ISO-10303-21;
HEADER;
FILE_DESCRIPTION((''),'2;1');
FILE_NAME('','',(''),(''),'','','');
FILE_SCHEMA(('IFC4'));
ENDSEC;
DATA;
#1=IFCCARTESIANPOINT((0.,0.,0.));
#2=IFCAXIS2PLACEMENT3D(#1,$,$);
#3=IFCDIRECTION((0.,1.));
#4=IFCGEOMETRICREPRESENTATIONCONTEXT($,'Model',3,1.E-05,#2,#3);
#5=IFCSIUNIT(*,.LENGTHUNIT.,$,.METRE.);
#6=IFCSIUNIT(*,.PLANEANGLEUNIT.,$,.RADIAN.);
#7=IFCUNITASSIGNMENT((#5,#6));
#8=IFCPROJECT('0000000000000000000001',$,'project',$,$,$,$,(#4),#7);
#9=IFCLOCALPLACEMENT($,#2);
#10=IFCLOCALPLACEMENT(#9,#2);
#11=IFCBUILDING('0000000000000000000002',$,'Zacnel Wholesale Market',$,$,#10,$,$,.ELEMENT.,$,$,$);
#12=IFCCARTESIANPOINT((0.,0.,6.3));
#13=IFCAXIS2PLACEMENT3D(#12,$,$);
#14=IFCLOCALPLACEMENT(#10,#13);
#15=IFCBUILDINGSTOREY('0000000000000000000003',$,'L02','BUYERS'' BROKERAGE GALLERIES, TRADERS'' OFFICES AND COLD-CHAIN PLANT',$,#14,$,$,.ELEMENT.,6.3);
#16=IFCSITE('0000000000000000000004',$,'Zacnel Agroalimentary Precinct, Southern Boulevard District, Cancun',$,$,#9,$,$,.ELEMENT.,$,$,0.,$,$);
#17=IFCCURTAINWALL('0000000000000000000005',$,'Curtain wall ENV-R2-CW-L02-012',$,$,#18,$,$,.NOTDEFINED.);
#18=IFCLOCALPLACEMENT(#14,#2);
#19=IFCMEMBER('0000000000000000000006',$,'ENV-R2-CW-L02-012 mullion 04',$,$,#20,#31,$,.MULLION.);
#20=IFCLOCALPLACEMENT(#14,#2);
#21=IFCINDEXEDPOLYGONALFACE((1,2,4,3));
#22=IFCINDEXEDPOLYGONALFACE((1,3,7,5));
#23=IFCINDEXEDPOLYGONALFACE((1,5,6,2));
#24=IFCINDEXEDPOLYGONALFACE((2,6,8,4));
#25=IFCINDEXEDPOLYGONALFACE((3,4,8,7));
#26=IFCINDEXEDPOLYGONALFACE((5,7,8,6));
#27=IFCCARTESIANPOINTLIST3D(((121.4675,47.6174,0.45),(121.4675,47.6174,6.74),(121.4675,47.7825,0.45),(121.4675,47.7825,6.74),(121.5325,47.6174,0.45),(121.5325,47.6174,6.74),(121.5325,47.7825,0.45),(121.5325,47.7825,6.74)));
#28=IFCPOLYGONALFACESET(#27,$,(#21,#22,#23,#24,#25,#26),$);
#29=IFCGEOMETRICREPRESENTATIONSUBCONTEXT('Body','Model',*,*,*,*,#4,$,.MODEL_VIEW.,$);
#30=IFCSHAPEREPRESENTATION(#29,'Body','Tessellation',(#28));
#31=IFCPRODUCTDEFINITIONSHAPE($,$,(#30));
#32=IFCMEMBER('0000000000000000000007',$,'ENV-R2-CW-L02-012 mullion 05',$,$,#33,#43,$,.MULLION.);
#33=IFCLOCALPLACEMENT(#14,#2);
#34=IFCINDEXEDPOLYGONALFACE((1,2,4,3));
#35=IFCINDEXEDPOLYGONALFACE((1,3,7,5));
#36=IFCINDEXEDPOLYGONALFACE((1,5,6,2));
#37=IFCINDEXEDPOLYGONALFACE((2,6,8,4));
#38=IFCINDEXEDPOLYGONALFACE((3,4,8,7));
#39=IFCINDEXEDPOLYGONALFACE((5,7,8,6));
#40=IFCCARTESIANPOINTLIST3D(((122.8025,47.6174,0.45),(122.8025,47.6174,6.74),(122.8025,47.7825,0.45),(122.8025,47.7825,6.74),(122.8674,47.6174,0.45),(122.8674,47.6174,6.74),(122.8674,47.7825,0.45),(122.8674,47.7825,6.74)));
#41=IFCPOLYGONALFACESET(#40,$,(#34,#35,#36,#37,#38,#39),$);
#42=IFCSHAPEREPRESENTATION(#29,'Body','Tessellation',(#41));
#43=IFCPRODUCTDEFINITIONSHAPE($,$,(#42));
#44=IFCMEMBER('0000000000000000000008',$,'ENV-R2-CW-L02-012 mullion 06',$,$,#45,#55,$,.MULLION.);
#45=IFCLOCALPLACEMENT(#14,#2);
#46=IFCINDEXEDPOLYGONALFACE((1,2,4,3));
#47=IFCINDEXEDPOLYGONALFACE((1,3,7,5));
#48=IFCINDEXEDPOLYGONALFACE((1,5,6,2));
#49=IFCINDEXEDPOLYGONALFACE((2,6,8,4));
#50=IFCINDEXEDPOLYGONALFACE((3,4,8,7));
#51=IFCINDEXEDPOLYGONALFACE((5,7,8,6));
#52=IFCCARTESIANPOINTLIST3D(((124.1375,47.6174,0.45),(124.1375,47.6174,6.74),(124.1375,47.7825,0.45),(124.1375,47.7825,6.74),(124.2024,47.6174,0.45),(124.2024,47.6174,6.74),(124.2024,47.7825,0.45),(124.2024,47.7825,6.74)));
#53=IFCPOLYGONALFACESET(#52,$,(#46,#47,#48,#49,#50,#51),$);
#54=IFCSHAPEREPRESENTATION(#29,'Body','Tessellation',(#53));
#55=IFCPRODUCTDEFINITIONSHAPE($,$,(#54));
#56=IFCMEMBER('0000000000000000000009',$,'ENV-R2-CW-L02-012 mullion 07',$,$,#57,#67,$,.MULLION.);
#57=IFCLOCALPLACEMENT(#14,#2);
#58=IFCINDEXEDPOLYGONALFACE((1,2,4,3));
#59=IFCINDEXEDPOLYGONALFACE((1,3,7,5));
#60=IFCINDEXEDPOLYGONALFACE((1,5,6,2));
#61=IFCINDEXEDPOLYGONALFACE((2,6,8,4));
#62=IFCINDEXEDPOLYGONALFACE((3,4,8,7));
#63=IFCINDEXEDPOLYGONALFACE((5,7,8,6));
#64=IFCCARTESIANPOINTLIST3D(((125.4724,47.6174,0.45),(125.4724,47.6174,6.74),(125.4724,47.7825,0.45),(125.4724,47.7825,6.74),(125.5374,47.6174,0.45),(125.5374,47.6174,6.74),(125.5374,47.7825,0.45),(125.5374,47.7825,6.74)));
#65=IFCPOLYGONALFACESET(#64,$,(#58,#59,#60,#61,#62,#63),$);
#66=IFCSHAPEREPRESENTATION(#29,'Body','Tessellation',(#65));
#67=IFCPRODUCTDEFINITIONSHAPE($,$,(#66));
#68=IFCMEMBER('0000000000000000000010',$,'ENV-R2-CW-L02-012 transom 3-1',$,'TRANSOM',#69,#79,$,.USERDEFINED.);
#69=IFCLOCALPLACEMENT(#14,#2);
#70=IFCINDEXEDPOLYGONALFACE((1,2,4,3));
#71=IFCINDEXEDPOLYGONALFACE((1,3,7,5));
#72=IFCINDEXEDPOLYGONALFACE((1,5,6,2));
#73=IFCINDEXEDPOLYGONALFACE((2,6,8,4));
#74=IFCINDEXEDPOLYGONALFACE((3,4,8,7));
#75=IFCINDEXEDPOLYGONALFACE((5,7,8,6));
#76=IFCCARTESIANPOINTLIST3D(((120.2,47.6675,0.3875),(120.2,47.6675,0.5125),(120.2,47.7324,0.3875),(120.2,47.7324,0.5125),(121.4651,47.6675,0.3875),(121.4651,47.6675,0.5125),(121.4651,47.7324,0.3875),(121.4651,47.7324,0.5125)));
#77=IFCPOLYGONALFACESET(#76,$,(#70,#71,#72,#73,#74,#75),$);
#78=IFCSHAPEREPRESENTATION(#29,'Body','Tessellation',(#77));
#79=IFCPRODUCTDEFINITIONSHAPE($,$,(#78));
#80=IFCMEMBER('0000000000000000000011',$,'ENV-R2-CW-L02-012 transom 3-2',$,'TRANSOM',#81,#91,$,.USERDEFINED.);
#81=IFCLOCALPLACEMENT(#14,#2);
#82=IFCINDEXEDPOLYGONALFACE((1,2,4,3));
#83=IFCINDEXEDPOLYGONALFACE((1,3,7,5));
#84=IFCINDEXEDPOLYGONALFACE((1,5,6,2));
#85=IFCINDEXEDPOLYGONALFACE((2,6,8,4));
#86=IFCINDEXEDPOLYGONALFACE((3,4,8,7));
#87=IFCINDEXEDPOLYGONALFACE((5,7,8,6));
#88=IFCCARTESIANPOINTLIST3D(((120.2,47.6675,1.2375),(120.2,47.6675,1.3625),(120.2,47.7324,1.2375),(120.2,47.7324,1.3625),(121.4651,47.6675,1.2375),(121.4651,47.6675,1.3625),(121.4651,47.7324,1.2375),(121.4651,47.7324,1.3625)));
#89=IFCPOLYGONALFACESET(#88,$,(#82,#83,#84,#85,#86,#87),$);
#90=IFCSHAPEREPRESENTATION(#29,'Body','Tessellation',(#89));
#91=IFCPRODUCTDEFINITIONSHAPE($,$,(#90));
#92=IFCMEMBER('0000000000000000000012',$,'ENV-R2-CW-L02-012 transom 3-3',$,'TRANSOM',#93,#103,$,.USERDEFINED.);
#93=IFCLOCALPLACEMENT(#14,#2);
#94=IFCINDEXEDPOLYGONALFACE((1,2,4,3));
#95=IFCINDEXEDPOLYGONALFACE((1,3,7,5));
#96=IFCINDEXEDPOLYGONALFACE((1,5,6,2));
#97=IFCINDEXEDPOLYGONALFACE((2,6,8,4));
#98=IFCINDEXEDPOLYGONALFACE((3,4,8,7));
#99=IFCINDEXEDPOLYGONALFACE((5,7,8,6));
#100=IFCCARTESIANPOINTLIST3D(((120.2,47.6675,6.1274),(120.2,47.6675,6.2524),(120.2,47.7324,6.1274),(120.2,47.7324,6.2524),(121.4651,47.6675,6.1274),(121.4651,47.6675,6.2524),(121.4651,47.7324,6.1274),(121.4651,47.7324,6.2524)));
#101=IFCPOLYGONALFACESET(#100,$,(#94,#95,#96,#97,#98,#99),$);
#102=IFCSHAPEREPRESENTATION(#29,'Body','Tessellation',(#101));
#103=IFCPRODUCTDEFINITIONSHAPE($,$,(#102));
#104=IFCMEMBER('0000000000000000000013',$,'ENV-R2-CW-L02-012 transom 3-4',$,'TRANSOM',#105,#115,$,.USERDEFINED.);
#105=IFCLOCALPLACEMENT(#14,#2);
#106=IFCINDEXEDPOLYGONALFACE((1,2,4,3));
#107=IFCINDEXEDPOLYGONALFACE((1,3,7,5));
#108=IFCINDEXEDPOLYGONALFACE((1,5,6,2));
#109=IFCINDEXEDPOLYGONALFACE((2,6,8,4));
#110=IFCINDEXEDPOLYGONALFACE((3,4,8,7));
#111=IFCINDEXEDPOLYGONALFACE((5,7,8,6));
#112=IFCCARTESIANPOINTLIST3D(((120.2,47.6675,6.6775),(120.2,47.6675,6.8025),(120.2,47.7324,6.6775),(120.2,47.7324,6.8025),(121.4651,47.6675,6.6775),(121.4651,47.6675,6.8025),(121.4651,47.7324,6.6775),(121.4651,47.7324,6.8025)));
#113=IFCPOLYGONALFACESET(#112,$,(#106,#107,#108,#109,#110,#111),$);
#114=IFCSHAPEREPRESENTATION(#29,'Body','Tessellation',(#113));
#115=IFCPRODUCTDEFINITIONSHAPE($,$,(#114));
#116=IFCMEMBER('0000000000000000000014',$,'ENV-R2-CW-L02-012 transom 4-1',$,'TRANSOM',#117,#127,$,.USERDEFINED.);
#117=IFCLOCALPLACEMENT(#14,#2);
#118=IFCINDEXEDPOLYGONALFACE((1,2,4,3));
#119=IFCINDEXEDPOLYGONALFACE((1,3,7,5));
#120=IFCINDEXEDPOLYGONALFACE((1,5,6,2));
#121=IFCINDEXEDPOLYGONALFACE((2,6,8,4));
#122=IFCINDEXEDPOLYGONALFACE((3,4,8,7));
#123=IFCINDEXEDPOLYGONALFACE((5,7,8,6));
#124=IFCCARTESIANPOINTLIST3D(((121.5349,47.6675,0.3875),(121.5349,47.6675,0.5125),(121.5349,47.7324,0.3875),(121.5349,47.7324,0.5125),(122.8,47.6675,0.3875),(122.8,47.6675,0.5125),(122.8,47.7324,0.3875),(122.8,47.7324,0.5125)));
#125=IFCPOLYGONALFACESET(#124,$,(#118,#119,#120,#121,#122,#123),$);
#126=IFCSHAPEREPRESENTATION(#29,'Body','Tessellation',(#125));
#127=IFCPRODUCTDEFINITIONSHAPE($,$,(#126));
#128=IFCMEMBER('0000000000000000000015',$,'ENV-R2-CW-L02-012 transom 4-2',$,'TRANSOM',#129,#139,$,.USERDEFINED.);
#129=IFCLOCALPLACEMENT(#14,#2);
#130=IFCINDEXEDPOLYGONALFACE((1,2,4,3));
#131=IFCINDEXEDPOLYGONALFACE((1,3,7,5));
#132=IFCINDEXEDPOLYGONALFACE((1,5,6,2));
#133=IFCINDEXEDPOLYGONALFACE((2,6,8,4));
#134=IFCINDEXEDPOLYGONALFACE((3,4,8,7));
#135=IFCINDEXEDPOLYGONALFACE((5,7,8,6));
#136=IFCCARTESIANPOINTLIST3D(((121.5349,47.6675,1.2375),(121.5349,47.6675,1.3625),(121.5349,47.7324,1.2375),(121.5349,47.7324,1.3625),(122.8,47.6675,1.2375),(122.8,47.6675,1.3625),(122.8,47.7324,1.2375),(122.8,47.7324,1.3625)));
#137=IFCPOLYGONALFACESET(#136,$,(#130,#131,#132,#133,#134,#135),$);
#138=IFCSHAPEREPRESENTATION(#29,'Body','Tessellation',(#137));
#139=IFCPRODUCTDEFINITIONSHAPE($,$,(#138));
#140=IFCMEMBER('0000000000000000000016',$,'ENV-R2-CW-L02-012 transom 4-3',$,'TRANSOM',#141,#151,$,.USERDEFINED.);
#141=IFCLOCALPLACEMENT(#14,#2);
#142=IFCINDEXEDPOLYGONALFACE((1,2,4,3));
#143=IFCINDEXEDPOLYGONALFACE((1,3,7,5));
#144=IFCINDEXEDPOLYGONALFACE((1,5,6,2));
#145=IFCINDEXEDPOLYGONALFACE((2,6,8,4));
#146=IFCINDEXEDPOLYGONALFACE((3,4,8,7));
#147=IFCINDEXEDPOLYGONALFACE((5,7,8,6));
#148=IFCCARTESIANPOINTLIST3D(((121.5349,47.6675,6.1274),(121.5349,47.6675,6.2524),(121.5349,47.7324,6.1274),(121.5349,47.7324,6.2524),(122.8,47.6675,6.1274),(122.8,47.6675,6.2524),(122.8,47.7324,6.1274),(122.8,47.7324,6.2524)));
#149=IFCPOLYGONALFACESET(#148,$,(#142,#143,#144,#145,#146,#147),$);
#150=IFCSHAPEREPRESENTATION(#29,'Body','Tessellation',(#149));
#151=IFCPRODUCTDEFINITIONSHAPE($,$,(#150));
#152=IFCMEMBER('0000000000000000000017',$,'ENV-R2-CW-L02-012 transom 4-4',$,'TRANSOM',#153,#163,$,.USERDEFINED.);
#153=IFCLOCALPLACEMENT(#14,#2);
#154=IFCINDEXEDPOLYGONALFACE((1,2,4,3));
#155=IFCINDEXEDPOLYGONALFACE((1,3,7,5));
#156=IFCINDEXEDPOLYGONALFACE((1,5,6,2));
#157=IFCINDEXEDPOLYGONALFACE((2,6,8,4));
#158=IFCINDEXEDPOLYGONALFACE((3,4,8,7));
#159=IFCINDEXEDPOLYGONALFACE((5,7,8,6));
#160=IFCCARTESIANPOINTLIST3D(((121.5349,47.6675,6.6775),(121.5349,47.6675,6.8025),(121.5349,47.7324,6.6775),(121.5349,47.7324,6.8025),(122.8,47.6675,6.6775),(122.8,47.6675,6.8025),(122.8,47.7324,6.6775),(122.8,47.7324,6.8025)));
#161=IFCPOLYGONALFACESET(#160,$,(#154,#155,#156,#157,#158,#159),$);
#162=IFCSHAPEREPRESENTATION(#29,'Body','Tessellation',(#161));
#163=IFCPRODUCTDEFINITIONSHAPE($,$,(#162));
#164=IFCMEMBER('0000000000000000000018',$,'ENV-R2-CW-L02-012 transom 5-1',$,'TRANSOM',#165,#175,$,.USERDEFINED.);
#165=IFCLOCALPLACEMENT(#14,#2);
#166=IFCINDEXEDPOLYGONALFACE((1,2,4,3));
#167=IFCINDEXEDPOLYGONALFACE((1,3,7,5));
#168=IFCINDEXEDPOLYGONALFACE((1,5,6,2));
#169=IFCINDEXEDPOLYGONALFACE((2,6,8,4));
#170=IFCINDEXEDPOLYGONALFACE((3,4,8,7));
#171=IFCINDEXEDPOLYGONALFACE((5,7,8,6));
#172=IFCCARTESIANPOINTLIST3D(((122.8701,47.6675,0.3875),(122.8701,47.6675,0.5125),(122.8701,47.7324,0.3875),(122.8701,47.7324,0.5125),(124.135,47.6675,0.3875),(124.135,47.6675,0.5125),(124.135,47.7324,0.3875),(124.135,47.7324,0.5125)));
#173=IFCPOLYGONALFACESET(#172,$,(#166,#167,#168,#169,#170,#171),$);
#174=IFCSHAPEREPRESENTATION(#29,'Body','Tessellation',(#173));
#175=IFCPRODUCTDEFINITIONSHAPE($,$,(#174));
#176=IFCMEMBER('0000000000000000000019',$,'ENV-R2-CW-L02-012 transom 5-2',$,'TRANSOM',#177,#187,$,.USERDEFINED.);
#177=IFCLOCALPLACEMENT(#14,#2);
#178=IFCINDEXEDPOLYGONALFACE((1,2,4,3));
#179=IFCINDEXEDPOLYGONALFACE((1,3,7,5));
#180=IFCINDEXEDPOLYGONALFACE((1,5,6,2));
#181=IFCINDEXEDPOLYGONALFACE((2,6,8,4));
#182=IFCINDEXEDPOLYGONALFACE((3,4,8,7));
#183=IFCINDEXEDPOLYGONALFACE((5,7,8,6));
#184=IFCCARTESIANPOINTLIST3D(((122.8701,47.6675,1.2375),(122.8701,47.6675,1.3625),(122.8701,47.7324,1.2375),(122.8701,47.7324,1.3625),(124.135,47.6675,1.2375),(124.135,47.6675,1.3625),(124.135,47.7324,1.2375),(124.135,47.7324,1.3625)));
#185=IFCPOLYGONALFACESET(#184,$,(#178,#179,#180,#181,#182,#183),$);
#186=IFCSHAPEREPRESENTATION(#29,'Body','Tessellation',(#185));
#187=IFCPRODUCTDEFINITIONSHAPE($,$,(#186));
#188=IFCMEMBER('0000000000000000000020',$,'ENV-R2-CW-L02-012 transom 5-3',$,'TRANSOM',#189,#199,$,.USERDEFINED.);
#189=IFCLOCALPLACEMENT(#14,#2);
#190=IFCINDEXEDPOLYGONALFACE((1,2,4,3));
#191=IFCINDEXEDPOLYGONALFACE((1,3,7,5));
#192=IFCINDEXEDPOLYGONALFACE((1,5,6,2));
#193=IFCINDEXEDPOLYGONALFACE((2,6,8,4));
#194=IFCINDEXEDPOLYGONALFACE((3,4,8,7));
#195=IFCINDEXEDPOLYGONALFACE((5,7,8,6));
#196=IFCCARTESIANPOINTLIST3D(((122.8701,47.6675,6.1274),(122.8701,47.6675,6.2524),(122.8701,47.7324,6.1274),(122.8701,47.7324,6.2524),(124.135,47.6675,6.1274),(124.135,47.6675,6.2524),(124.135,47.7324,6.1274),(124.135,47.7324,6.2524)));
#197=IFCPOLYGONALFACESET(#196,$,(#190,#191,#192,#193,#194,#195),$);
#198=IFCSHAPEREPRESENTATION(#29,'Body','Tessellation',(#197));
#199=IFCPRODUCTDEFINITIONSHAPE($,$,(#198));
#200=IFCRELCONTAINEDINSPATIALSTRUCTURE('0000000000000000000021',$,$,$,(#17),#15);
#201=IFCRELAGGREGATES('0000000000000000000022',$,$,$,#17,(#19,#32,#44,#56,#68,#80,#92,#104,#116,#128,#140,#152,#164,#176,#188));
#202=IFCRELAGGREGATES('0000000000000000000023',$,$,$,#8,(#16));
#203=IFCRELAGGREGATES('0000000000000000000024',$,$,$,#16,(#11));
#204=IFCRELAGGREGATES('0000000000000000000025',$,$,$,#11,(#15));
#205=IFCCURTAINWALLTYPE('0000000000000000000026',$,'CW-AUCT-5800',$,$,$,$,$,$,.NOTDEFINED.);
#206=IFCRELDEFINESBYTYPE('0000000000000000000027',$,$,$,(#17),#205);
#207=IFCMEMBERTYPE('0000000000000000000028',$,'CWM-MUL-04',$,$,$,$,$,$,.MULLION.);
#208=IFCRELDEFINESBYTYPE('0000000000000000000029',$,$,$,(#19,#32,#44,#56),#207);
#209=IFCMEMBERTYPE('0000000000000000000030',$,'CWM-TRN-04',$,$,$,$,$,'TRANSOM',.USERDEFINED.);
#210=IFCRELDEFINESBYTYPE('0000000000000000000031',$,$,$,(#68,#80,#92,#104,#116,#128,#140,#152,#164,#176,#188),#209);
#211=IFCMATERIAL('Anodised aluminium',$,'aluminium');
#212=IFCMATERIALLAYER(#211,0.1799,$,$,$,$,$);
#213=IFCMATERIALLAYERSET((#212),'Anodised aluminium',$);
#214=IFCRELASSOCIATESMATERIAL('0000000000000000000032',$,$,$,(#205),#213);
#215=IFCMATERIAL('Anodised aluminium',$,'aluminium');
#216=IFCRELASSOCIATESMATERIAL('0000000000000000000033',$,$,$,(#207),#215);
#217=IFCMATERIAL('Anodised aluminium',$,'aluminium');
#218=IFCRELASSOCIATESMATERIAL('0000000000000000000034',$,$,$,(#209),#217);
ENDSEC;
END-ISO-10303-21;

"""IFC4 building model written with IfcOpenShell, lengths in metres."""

from ifc_helpers import new_model, si_unit, direction, frame, origin, origin_2d, place, context, subcontext, project, spatial, rectangle, extrude, material, layer, layer_set, material_profile, profile_set, type_object, element, aggregate, save


model = new_model("IFC4")

# Units and contexts
model_context = context("Model", 3, precision=1e-05, world=origin(), true_north=direction((0.0, 1.0)))
body_context = subcontext(model_context, "Body", "Model", "MODEL_VIEW")
ifc_project = project(units=[si_unit("LENGTHUNIT", "METRE"), si_unit("PLANEANGLEUNIT", "RADIAN")], contexts=[model_context])

# Site, building, storey
site_placement = place(None, origin())
site = spatial("IfcSite", under=ifc_project, at=site_placement, Name="Zacnel Agroalimentary Precinct, Southern Boulevard District, Cancun", CompositionType="ELEMENT", RefElevation=0.0)
building_placement = place(site_placement, origin())
building = spatial("IfcBuilding", under=site, at=building_placement, Name="Zacnel Wholesale Market", CompositionType="ELEMENT")
storey_placement = place(building_placement, frame((0.0, 0.0, 6.3)))
storey = spatial("IfcBuildingStorey", under=building, at=storey_placement, Name="L02", Description="BUYERS' BROKERAGE GALLERIES, TRADERS' OFFICES AND COLD-CHAIN PLANT", CompositionType="ELEMENT", Elevation=6.3)

# Curtain wall, members
ifc_material_1 = material(Name="Anodised aluminium", Category="aluminium")
ifc_layer_1 = layer(ifc_material_1, 0.1799)
ifc_layer_set_1 = layer_set([ifc_layer_1], Name="Anodised aluminium")
curtain_wall_type = type_object("IfcCurtainWallType", Name="CW-AUCT-5800", PredefinedType="NOTDEFINED", material=ifc_layer_set_1)
curtain_wall_placement = place(storey_placement, origin())
curtain_wall = element("IfcCurtainWall", 1, at=curtain_wall_placement, inside=storey, type_object=curtain_wall_type, Name="Curtain wall ENV-R2-CW-L02-012", PredefinedType="NOTDEFINED")
ifc_material_2 = material(Name="Anodised aluminium", Category="aluminium")
ifc_material_profile_1 = material_profile(ifc_material_2, rectangle(XDim=0.0649, YDim=0.165, at=origin_2d()), Name="AW-MULLION 65x165")
ifc_profile_set_1 = profile_set([ifc_material_profile_1], Name="Anodised aluminium")
member_type_1 = type_object("IfcMemberType", Name="CWM-MUL-04", PredefinedType="MULLION", material=ifc_profile_set_1)
member_1_placement = place(storey_placement, frame((121.5, 47.7, 0.45), z_axis=(0.0, 0.0, 1.0), x_axis=(1.0, 0.0, 0.0)))
member_1 = element("IfcMember", 2, at=member_1_placement, type_object=member_type_1, Name="ENV-R2-CW-L02-012 mullion 04", PredefinedType="MULLION", context=body_context, shape_type="SweptSolid", body=[
    extrude(rectangle(XDim=0.0649, YDim=0.165, at=origin_2d()), origin(), (0.0, 0.0, 1.0), 6.29),
])
member_2_placement = place(storey_placement, frame((122.835, 47.7, 0.45), z_axis=(0.0, 0.0, 1.0), x_axis=(1.0, 0.0, 0.0)))
member_2 = element("IfcMember", 3, at=member_2_placement, type_object=member_type_1, Name="ENV-R2-CW-L02-012 mullion 05", PredefinedType="MULLION", context=body_context, shape_type="SweptSolid", body=[
    extrude(rectangle(XDim=0.0649, YDim=0.165, at=origin_2d()), origin(), (0.0, 0.0, 1.0), 6.29),
])
member_3_placement = place(storey_placement, frame((124.1699, 47.7, 0.45), z_axis=(0.0, 0.0, 1.0), x_axis=(1.0, 0.0, 0.0)))
member_3 = element("IfcMember", 4, at=member_3_placement, type_object=member_type_1, Name="ENV-R2-CW-L02-012 mullion 06", PredefinedType="MULLION", context=body_context, shape_type="SweptSolid", body=[
    extrude(rectangle(XDim=0.0649, YDim=0.165, at=origin_2d()), origin(), (0.0, 0.0, 1.0), 6.29),
])
member_4_placement = place(storey_placement, frame((125.5049, 47.7, 0.45), z_axis=(0.0, 0.0, 1.0), x_axis=(1.0, 0.0, 0.0)))
member_4 = element("IfcMember", 5, at=member_4_placement, type_object=member_type_1, Name="ENV-R2-CW-L02-012 mullion 07", PredefinedType="MULLION", context=body_context, shape_type="SweptSolid", body=[
    extrude(rectangle(XDim=0.0649, YDim=0.165, at=origin_2d()), origin(), (0.0, 0.0, 1.0), 6.29),
])
ifc_material_3 = material(Name="Anodised aluminium", Category="aluminium")
ifc_material_profile_2 = material_profile(ifc_material_3, rectangle(XDim=0.0649, YDim=0.125, at=origin_2d()), Name="AW-TRANSOM 65x125")
ifc_profile_set_2 = profile_set([ifc_material_profile_2], Name="Anodised aluminium")
member_type_2 = type_object("IfcMemberType", Name="CWM-TRN-04", ElementType="TRANSOM", PredefinedType="USERDEFINED", material=ifc_profile_set_2)
member_5_placement = place(storey_placement, frame((120.2, 47.7, 0.45), z_axis=(1.0, 0.0, 0.0), x_axis=(0.0, 1.0, 0.0)))
member_5 = element("IfcMember", 6, at=member_5_placement, type_object=member_type_2, Name="ENV-R2-CW-L02-012 transom 3-1", ObjectType="TRANSOM", PredefinedType="USERDEFINED", context=body_context, shape_type="SweptSolid", body=[
    extrude(rectangle(XDim=0.0649, YDim=0.125, at=origin_2d()), origin(), (0.0, 0.0, 1.0), 1.2651),
])
member_6_placement = place(storey_placement, frame((120.2, 47.7, 1.3), z_axis=(1.0, 0.0, 0.0), x_axis=(0.0, 1.0, 0.0)))
member_6 = element("IfcMember", 7, at=member_6_placement, type_object=member_type_2, Name="ENV-R2-CW-L02-012 transom 3-2", ObjectType="TRANSOM", PredefinedType="USERDEFINED", context=body_context, shape_type="SweptSolid", body=[
    extrude(rectangle(XDim=0.0649, YDim=0.125, at=origin_2d()), origin(), (0.0, 0.0, 1.0), 1.2651),
])
member_7_placement = place(storey_placement, frame((120.2, 47.7, 6.1899), z_axis=(1.0, 0.0, 0.0), x_axis=(0.0, 1.0, 0.0)))
member_7 = element("IfcMember", 8, at=member_7_placement, type_object=member_type_2, Name="ENV-R2-CW-L02-012 transom 3-3", ObjectType="TRANSOM", PredefinedType="USERDEFINED", context=body_context, shape_type="SweptSolid", body=[
    extrude(rectangle(XDim=0.0649, YDim=0.125, at=origin_2d()), origin(), (0.0, 0.0, 1.0), 1.2651),
])
member_8_placement = place(storey_placement, frame((120.2, 47.7, 6.74), z_axis=(1.0, 0.0, 0.0), x_axis=(0.0, 1.0, 0.0)))
member_8 = element("IfcMember", 9, at=member_8_placement, type_object=member_type_2, Name="ENV-R2-CW-L02-012 transom 3-4", ObjectType="TRANSOM", PredefinedType="USERDEFINED", context=body_context, shape_type="SweptSolid", body=[
    extrude(rectangle(XDim=0.0649, YDim=0.125, at=origin_2d()), origin(), (0.0, 0.0, 1.0), 1.2651),
])
member_9_placement = place(storey_placement, frame((121.5349, 47.7, 0.45), z_axis=(1.0, 0.0, 0.0), x_axis=(0.0, 1.0, 0.0)))
member_9 = element("IfcMember", 10, at=member_9_placement, type_object=member_type_2, Name="ENV-R2-CW-L02-012 transom 4-1", ObjectType="TRANSOM", PredefinedType="USERDEFINED", context=body_context, shape_type="SweptSolid", body=[
    extrude(rectangle(XDim=0.0649, YDim=0.125, at=origin_2d()), origin(), (0.0, 0.0, 1.0), 1.2651),
])
member_10_placement = place(storey_placement, frame((121.5349, 47.7, 1.3), z_axis=(1.0, 0.0, 0.0), x_axis=(0.0, 1.0, 0.0)))
member_10 = element("IfcMember", 11, at=member_10_placement, type_object=member_type_2, Name="ENV-R2-CW-L02-012 transom 4-2", ObjectType="TRANSOM", PredefinedType="USERDEFINED", context=body_context, shape_type="SweptSolid", body=[
    extrude(rectangle(XDim=0.0649, YDim=0.125, at=origin_2d()), origin(), (0.0, 0.0, 1.0), 1.2651),
])
member_11_placement = place(storey_placement, frame((121.5349, 47.7, 6.1899), z_axis=(1.0, 0.0, 0.0), x_axis=(0.0, 1.0, 0.0)))
member_11 = element("IfcMember", 12, at=member_11_placement, type_object=member_type_2, Name="ENV-R2-CW-L02-012 transom 4-3", ObjectType="TRANSOM", PredefinedType="USERDEFINED", context=body_context, shape_type="SweptSolid", body=[
    extrude(rectangle(XDim=0.0649, YDim=0.125, at=origin_2d()), origin(), (0.0, 0.0, 1.0), 1.2651),
])
member_12_placement = place(storey_placement, frame((121.5349, 47.7, 6.74), z_axis=(1.0, 0.0, 0.0), x_axis=(0.0, 1.0, 0.0)))
member_12 = element("IfcMember", 13, at=member_12_placement, type_object=member_type_2, Name="ENV-R2-CW-L02-012 transom 4-4", ObjectType="TRANSOM", PredefinedType="USERDEFINED", context=body_context, shape_type="SweptSolid", body=[
    extrude(rectangle(XDim=0.0649, YDim=0.125, at=origin_2d()), origin(), (0.0, 0.0, 1.0), 1.2651),
])
member_13_placement = place(storey_placement, frame((122.8701, 47.7, 0.45), z_axis=(1.0, 0.0, 0.0), x_axis=(0.0, 1.0, 0.0)))
member_13 = element("IfcMember", 14, at=member_13_placement, type_object=member_type_2, Name="ENV-R2-CW-L02-012 transom 5-1", ObjectType="TRANSOM", PredefinedType="USERDEFINED", context=body_context, shape_type="SweptSolid", body=[
    extrude(rectangle(XDim=0.0649, YDim=0.125, at=origin_2d()), origin(), (0.0, 0.0, 1.0), 1.2649),
])
member_14_placement = place(storey_placement, frame((122.8701, 47.7, 1.3), z_axis=(1.0, 0.0, 0.0), x_axis=(0.0, 1.0, 0.0)))
member_14 = element("IfcMember", 15, at=member_14_placement, type_object=member_type_2, Name="ENV-R2-CW-L02-012 transom 5-2", ObjectType="TRANSOM", PredefinedType="USERDEFINED", context=body_context, shape_type="SweptSolid", body=[
    extrude(rectangle(XDim=0.0649, YDim=0.125, at=origin_2d()), origin(), (0.0, 0.0, 1.0), 1.2649),
])
member_15_placement = place(storey_placement, frame((122.8701, 47.7, 6.1899), z_axis=(1.0, 0.0, 0.0), x_axis=(0.0, 1.0, 0.0)))
member_15 = element("IfcMember", 16, at=member_15_placement, type_object=member_type_2, Name="ENV-R2-CW-L02-012 transom 5-3", ObjectType="TRANSOM", PredefinedType="USERDEFINED", context=body_context, shape_type="SweptSolid", body=[
    extrude(rectangle(XDim=0.0649, YDim=0.125, at=origin_2d()), origin(), (0.0, 0.0, 1.0), 1.2649),
])
aggregate(curtain_wall, [member_1, member_2, member_3, member_4, member_5, member_6, member_7, member_8, member_9, member_10, member_11, member_12, member_13, member_14, member_15])

save(model, "model.ifc")
